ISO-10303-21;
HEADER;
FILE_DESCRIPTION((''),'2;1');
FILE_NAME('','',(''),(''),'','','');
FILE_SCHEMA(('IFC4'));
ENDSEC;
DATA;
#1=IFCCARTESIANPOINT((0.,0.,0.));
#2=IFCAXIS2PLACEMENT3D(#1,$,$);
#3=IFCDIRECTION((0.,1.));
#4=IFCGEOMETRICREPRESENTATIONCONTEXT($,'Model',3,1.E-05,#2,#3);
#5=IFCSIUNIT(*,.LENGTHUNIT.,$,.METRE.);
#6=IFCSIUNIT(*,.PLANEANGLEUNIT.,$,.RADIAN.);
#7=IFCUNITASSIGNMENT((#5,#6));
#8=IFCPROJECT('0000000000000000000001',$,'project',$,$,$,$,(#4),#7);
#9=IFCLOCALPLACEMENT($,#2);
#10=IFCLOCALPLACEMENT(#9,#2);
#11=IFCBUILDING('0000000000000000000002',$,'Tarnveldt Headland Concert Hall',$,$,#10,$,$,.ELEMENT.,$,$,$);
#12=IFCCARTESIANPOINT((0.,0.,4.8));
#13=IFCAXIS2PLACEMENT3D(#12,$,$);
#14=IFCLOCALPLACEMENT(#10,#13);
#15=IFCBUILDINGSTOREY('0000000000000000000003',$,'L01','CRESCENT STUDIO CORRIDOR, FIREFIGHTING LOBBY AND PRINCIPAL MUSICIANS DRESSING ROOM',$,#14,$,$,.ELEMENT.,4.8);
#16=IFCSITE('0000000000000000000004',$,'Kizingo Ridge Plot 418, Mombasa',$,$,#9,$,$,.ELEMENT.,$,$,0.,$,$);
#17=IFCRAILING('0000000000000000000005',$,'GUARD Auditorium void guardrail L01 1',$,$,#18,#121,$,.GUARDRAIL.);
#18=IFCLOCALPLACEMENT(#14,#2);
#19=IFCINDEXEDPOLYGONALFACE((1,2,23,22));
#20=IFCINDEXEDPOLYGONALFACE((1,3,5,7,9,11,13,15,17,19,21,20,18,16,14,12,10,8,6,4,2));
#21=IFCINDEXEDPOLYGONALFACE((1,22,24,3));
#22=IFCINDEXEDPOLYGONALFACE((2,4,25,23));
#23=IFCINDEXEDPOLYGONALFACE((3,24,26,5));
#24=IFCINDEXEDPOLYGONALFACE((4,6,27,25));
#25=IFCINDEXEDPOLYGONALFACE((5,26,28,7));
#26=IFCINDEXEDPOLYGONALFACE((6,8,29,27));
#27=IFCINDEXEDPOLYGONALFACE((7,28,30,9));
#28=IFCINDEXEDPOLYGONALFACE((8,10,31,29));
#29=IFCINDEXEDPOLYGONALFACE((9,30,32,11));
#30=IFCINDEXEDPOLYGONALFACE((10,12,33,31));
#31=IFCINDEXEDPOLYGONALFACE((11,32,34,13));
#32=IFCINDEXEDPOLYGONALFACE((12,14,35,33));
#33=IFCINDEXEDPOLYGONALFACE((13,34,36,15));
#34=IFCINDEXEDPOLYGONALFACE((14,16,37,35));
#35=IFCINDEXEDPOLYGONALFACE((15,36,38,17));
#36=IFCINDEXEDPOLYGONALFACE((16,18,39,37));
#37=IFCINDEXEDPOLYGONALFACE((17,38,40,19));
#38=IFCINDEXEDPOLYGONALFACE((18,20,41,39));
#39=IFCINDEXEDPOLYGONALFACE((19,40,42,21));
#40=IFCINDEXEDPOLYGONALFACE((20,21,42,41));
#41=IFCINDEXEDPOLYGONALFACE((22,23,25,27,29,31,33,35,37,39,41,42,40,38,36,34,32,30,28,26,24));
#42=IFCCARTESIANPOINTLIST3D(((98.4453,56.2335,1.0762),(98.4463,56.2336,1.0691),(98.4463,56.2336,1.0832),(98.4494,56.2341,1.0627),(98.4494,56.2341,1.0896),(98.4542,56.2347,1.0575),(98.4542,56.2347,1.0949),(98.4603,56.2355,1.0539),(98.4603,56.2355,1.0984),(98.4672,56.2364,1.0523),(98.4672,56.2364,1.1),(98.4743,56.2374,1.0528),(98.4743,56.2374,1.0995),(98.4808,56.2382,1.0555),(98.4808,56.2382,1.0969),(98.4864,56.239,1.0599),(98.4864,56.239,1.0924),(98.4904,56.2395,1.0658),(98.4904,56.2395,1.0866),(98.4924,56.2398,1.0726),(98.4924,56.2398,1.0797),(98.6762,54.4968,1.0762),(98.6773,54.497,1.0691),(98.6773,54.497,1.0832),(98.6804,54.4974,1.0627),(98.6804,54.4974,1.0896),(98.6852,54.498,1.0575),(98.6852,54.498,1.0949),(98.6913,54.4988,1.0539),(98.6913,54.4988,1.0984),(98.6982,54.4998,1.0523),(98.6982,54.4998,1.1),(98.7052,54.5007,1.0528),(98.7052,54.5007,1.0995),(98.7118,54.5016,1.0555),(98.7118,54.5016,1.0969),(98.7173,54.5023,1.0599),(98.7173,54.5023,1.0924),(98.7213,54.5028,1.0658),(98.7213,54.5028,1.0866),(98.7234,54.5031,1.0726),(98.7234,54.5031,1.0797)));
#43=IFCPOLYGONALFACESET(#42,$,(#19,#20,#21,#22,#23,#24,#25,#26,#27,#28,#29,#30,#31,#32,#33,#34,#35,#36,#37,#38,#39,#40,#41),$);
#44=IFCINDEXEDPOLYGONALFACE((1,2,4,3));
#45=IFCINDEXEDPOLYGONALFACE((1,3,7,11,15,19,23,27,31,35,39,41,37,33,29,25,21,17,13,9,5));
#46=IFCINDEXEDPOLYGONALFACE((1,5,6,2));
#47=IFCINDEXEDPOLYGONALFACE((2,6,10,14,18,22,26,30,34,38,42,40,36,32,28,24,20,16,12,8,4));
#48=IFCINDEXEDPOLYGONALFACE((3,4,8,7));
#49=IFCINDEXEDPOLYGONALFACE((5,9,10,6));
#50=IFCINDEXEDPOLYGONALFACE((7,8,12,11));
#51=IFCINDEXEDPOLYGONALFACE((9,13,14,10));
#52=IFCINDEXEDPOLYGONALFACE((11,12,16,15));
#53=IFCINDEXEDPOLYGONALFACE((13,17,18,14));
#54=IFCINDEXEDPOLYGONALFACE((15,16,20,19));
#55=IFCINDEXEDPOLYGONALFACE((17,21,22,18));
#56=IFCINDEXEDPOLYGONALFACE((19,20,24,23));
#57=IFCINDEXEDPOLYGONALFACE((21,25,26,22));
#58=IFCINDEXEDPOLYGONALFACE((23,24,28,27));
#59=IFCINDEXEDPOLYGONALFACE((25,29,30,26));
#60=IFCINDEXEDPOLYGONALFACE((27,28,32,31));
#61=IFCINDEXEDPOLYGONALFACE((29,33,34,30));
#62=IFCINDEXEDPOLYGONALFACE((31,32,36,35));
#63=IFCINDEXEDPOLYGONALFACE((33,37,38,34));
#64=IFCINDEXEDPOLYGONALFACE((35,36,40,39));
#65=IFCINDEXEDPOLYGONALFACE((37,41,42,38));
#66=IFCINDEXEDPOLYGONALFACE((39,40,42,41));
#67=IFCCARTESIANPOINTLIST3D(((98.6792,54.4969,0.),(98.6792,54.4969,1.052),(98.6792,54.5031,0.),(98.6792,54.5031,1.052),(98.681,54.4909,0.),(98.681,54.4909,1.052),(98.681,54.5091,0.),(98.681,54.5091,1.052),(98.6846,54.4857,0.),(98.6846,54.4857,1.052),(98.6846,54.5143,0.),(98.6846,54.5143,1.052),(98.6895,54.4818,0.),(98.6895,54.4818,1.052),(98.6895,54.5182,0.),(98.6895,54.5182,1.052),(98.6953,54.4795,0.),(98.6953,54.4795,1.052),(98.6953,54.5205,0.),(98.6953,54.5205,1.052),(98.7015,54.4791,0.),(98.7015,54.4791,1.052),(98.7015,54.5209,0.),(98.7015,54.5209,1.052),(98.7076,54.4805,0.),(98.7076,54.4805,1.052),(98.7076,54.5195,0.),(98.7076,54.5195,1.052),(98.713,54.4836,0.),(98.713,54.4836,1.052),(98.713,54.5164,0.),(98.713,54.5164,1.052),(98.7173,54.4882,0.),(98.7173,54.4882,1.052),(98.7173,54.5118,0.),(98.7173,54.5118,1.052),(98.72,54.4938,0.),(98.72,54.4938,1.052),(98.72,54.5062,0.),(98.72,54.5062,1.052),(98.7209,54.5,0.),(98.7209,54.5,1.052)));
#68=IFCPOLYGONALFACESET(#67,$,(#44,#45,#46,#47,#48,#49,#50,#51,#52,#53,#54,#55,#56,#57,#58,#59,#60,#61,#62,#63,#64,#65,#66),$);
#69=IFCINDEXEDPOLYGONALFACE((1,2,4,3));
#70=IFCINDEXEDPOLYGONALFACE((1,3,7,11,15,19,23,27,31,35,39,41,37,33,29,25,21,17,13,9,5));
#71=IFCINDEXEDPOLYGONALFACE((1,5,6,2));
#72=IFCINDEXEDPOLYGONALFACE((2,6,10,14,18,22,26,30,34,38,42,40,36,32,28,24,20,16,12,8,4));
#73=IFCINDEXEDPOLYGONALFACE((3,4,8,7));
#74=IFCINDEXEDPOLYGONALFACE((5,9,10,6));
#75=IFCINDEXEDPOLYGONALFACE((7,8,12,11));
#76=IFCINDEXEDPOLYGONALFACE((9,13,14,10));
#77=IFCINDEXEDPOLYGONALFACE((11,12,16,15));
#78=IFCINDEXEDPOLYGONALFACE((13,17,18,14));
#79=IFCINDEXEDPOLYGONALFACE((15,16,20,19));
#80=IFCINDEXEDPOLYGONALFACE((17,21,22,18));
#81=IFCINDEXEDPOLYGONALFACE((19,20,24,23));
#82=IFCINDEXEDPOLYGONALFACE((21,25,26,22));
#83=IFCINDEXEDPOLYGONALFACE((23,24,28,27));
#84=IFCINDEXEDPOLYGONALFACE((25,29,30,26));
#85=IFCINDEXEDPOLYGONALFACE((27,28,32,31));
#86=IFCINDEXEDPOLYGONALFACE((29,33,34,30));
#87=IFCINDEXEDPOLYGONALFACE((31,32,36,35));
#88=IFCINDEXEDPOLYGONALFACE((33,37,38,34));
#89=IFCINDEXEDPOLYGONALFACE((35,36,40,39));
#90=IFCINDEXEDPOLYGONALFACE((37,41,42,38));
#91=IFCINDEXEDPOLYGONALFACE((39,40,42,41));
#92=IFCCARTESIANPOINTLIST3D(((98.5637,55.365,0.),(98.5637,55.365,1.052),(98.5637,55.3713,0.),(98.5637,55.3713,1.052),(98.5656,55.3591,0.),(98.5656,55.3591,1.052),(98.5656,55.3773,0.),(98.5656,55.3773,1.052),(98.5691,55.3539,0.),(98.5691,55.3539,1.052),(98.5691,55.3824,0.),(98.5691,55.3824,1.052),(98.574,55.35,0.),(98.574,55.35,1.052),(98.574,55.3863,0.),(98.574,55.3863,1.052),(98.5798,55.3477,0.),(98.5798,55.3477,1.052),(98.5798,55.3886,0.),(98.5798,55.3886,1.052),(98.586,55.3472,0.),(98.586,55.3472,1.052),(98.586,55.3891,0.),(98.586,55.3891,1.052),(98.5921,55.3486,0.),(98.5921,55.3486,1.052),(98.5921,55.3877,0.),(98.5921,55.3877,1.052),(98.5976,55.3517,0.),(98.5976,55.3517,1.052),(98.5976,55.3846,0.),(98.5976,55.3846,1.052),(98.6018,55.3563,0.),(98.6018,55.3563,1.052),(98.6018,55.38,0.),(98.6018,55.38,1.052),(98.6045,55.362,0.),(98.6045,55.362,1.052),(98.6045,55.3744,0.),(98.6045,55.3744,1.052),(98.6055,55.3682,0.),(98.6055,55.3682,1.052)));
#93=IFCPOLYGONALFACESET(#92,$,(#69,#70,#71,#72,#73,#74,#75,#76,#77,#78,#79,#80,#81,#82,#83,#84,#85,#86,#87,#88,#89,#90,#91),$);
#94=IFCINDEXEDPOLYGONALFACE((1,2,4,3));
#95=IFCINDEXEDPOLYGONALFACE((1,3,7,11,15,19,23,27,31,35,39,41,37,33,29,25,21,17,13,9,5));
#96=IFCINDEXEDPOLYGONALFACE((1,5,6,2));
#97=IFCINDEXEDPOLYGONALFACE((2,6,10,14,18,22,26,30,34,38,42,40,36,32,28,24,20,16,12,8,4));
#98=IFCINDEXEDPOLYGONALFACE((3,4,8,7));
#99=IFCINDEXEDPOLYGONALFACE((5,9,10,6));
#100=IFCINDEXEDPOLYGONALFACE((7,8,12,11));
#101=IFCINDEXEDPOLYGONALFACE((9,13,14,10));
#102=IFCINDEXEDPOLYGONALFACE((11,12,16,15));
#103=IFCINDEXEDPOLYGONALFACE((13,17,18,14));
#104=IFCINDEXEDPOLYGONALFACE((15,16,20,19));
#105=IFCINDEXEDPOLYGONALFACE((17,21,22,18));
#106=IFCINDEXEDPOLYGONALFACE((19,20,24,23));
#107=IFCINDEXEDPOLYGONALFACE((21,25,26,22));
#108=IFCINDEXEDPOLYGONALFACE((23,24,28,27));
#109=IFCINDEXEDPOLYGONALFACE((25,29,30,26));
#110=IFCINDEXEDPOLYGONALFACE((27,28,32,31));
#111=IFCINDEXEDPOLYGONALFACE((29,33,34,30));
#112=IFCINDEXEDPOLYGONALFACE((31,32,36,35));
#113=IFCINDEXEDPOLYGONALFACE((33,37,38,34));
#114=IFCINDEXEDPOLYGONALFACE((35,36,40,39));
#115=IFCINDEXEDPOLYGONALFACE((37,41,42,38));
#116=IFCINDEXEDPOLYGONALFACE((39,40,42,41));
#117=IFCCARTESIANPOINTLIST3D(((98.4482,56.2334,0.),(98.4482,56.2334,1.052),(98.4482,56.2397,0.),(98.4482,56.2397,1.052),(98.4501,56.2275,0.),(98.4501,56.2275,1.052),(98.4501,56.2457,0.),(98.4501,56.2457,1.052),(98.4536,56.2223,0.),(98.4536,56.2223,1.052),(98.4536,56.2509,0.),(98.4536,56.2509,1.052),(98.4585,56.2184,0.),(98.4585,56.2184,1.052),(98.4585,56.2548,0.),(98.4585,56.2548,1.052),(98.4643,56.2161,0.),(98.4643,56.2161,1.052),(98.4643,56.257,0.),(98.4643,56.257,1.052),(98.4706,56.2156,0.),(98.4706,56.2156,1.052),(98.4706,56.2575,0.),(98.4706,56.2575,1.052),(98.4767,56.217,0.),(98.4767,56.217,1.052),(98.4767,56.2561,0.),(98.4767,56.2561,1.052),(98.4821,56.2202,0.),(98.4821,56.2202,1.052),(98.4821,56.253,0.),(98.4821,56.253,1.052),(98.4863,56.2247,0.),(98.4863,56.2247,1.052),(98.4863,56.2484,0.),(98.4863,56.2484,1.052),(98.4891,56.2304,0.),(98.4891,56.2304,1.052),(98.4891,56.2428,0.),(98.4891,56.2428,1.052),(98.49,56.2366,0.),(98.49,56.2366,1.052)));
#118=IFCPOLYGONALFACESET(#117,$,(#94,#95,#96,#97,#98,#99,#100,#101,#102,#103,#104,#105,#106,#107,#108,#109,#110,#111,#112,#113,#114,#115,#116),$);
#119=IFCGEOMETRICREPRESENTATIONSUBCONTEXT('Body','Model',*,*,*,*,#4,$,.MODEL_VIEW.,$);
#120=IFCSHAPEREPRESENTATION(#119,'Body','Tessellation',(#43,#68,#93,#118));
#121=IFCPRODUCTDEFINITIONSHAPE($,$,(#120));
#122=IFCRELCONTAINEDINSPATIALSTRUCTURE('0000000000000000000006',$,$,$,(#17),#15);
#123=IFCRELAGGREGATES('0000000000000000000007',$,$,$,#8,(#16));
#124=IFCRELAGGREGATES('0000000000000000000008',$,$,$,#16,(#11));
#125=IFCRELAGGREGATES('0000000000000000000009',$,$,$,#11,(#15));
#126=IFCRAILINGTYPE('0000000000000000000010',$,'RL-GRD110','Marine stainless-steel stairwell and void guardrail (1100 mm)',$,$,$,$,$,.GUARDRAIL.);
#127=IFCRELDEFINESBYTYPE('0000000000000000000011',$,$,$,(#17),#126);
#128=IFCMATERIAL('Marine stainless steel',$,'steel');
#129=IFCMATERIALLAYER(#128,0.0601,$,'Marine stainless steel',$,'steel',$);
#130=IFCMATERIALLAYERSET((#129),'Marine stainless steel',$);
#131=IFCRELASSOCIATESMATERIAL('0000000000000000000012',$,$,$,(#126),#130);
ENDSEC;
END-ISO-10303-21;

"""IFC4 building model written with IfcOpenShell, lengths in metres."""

from ifc_helpers import new_model, si_unit, direction, frame, origin, origin_2d, place, context, subcontext, project, spatial, circle, extrude, material, layer, layer_set, type_object, element, save


model = new_model("IFC4")

# Units and contexts
model_context = context("Model", 3, precision=1e-05, world=origin(), true_north=direction((0.0, 1.0)))
body_context = subcontext(model_context, "Body", "Model", "MODEL_VIEW")
ifc_project = project(units=[si_unit("LENGTHUNIT", "METRE"), si_unit("PLANEANGLEUNIT", "RADIAN")], contexts=[model_context])

# Site, building, storey
site_placement = place(None, origin())
site = spatial("IfcSite", under=ifc_project, at=site_placement, Name="Kizingo Ridge Plot 418, Mombasa", CompositionType="ELEMENT", RefElevation=0.0)
building_placement = place(site_placement, origin())
building = spatial("IfcBuilding", under=site, at=building_placement, Name="Tarnveldt Headland Concert Hall", CompositionType="ELEMENT")
storey_placement = place(building_placement, frame((0.0, 0.0, 4.8)))
storey = spatial("IfcBuildingStorey", under=building, at=storey_placement, Name="L01", Description="CRESCENT STUDIO CORRIDOR, FIREFIGHTING LOBBY AND PRINCIPAL MUSICIANS DRESSING ROOM", CompositionType="ELEMENT", Elevation=4.8)

# Railing
ifc_material_1 = material(Name="Marine stainless steel", Category="steel")
ifc_layer_1 = layer(ifc_material_1, 0.0601, Name="Marine stainless steel", Category="steel")
ifc_layer_set_1 = layer_set([ifc_layer_1], Name="Marine stainless steel")
railing_type = type_object("IfcRailingType", Name="RL-GRD110", Description="Marine stainless-steel stairwell and void guardrail (1100 mm)", PredefinedType="GUARDRAIL", material=ifc_layer_set_1)
railing_1_placement = place(storey_placement, frame((98.7, 54.5, 0.0)))
element("IfcRailing", 1, at=railing_1_placement, inside=storey, type_object=railing_type, Name="GUARD Auditorium void guardrail L01 1", PredefinedType="GUARDRAIL", context=body_context, shape_type="SweptSolid", body=[
    extrude(circle(Radius=0.0239, at=origin_2d()), frame((0.0, 0.0, 1.0762), z_axis=(-0.131835, 0.991272, 0.0), x_axis=(-0.991272, -0.131835, 0.0)), (0.0, 0.0, 1.0), 1.752),
    extrude(circle(Radius=0.021, at=origin_2d()), origin(), (0.0, 0.0, 1.0), 1.052),
    extrude(circle(Radius=0.021, at=origin_2d()), frame((-0.1155, 0.8682, 0.0)), (0.0, 0.0, 1.0), 1.052),
    extrude(circle(Radius=0.021, at=origin_2d()), frame((-0.231, 1.7366, 0.0)), (0.0, 0.0, 1.0), 1.052),
])

save(model, "model.ifc")
